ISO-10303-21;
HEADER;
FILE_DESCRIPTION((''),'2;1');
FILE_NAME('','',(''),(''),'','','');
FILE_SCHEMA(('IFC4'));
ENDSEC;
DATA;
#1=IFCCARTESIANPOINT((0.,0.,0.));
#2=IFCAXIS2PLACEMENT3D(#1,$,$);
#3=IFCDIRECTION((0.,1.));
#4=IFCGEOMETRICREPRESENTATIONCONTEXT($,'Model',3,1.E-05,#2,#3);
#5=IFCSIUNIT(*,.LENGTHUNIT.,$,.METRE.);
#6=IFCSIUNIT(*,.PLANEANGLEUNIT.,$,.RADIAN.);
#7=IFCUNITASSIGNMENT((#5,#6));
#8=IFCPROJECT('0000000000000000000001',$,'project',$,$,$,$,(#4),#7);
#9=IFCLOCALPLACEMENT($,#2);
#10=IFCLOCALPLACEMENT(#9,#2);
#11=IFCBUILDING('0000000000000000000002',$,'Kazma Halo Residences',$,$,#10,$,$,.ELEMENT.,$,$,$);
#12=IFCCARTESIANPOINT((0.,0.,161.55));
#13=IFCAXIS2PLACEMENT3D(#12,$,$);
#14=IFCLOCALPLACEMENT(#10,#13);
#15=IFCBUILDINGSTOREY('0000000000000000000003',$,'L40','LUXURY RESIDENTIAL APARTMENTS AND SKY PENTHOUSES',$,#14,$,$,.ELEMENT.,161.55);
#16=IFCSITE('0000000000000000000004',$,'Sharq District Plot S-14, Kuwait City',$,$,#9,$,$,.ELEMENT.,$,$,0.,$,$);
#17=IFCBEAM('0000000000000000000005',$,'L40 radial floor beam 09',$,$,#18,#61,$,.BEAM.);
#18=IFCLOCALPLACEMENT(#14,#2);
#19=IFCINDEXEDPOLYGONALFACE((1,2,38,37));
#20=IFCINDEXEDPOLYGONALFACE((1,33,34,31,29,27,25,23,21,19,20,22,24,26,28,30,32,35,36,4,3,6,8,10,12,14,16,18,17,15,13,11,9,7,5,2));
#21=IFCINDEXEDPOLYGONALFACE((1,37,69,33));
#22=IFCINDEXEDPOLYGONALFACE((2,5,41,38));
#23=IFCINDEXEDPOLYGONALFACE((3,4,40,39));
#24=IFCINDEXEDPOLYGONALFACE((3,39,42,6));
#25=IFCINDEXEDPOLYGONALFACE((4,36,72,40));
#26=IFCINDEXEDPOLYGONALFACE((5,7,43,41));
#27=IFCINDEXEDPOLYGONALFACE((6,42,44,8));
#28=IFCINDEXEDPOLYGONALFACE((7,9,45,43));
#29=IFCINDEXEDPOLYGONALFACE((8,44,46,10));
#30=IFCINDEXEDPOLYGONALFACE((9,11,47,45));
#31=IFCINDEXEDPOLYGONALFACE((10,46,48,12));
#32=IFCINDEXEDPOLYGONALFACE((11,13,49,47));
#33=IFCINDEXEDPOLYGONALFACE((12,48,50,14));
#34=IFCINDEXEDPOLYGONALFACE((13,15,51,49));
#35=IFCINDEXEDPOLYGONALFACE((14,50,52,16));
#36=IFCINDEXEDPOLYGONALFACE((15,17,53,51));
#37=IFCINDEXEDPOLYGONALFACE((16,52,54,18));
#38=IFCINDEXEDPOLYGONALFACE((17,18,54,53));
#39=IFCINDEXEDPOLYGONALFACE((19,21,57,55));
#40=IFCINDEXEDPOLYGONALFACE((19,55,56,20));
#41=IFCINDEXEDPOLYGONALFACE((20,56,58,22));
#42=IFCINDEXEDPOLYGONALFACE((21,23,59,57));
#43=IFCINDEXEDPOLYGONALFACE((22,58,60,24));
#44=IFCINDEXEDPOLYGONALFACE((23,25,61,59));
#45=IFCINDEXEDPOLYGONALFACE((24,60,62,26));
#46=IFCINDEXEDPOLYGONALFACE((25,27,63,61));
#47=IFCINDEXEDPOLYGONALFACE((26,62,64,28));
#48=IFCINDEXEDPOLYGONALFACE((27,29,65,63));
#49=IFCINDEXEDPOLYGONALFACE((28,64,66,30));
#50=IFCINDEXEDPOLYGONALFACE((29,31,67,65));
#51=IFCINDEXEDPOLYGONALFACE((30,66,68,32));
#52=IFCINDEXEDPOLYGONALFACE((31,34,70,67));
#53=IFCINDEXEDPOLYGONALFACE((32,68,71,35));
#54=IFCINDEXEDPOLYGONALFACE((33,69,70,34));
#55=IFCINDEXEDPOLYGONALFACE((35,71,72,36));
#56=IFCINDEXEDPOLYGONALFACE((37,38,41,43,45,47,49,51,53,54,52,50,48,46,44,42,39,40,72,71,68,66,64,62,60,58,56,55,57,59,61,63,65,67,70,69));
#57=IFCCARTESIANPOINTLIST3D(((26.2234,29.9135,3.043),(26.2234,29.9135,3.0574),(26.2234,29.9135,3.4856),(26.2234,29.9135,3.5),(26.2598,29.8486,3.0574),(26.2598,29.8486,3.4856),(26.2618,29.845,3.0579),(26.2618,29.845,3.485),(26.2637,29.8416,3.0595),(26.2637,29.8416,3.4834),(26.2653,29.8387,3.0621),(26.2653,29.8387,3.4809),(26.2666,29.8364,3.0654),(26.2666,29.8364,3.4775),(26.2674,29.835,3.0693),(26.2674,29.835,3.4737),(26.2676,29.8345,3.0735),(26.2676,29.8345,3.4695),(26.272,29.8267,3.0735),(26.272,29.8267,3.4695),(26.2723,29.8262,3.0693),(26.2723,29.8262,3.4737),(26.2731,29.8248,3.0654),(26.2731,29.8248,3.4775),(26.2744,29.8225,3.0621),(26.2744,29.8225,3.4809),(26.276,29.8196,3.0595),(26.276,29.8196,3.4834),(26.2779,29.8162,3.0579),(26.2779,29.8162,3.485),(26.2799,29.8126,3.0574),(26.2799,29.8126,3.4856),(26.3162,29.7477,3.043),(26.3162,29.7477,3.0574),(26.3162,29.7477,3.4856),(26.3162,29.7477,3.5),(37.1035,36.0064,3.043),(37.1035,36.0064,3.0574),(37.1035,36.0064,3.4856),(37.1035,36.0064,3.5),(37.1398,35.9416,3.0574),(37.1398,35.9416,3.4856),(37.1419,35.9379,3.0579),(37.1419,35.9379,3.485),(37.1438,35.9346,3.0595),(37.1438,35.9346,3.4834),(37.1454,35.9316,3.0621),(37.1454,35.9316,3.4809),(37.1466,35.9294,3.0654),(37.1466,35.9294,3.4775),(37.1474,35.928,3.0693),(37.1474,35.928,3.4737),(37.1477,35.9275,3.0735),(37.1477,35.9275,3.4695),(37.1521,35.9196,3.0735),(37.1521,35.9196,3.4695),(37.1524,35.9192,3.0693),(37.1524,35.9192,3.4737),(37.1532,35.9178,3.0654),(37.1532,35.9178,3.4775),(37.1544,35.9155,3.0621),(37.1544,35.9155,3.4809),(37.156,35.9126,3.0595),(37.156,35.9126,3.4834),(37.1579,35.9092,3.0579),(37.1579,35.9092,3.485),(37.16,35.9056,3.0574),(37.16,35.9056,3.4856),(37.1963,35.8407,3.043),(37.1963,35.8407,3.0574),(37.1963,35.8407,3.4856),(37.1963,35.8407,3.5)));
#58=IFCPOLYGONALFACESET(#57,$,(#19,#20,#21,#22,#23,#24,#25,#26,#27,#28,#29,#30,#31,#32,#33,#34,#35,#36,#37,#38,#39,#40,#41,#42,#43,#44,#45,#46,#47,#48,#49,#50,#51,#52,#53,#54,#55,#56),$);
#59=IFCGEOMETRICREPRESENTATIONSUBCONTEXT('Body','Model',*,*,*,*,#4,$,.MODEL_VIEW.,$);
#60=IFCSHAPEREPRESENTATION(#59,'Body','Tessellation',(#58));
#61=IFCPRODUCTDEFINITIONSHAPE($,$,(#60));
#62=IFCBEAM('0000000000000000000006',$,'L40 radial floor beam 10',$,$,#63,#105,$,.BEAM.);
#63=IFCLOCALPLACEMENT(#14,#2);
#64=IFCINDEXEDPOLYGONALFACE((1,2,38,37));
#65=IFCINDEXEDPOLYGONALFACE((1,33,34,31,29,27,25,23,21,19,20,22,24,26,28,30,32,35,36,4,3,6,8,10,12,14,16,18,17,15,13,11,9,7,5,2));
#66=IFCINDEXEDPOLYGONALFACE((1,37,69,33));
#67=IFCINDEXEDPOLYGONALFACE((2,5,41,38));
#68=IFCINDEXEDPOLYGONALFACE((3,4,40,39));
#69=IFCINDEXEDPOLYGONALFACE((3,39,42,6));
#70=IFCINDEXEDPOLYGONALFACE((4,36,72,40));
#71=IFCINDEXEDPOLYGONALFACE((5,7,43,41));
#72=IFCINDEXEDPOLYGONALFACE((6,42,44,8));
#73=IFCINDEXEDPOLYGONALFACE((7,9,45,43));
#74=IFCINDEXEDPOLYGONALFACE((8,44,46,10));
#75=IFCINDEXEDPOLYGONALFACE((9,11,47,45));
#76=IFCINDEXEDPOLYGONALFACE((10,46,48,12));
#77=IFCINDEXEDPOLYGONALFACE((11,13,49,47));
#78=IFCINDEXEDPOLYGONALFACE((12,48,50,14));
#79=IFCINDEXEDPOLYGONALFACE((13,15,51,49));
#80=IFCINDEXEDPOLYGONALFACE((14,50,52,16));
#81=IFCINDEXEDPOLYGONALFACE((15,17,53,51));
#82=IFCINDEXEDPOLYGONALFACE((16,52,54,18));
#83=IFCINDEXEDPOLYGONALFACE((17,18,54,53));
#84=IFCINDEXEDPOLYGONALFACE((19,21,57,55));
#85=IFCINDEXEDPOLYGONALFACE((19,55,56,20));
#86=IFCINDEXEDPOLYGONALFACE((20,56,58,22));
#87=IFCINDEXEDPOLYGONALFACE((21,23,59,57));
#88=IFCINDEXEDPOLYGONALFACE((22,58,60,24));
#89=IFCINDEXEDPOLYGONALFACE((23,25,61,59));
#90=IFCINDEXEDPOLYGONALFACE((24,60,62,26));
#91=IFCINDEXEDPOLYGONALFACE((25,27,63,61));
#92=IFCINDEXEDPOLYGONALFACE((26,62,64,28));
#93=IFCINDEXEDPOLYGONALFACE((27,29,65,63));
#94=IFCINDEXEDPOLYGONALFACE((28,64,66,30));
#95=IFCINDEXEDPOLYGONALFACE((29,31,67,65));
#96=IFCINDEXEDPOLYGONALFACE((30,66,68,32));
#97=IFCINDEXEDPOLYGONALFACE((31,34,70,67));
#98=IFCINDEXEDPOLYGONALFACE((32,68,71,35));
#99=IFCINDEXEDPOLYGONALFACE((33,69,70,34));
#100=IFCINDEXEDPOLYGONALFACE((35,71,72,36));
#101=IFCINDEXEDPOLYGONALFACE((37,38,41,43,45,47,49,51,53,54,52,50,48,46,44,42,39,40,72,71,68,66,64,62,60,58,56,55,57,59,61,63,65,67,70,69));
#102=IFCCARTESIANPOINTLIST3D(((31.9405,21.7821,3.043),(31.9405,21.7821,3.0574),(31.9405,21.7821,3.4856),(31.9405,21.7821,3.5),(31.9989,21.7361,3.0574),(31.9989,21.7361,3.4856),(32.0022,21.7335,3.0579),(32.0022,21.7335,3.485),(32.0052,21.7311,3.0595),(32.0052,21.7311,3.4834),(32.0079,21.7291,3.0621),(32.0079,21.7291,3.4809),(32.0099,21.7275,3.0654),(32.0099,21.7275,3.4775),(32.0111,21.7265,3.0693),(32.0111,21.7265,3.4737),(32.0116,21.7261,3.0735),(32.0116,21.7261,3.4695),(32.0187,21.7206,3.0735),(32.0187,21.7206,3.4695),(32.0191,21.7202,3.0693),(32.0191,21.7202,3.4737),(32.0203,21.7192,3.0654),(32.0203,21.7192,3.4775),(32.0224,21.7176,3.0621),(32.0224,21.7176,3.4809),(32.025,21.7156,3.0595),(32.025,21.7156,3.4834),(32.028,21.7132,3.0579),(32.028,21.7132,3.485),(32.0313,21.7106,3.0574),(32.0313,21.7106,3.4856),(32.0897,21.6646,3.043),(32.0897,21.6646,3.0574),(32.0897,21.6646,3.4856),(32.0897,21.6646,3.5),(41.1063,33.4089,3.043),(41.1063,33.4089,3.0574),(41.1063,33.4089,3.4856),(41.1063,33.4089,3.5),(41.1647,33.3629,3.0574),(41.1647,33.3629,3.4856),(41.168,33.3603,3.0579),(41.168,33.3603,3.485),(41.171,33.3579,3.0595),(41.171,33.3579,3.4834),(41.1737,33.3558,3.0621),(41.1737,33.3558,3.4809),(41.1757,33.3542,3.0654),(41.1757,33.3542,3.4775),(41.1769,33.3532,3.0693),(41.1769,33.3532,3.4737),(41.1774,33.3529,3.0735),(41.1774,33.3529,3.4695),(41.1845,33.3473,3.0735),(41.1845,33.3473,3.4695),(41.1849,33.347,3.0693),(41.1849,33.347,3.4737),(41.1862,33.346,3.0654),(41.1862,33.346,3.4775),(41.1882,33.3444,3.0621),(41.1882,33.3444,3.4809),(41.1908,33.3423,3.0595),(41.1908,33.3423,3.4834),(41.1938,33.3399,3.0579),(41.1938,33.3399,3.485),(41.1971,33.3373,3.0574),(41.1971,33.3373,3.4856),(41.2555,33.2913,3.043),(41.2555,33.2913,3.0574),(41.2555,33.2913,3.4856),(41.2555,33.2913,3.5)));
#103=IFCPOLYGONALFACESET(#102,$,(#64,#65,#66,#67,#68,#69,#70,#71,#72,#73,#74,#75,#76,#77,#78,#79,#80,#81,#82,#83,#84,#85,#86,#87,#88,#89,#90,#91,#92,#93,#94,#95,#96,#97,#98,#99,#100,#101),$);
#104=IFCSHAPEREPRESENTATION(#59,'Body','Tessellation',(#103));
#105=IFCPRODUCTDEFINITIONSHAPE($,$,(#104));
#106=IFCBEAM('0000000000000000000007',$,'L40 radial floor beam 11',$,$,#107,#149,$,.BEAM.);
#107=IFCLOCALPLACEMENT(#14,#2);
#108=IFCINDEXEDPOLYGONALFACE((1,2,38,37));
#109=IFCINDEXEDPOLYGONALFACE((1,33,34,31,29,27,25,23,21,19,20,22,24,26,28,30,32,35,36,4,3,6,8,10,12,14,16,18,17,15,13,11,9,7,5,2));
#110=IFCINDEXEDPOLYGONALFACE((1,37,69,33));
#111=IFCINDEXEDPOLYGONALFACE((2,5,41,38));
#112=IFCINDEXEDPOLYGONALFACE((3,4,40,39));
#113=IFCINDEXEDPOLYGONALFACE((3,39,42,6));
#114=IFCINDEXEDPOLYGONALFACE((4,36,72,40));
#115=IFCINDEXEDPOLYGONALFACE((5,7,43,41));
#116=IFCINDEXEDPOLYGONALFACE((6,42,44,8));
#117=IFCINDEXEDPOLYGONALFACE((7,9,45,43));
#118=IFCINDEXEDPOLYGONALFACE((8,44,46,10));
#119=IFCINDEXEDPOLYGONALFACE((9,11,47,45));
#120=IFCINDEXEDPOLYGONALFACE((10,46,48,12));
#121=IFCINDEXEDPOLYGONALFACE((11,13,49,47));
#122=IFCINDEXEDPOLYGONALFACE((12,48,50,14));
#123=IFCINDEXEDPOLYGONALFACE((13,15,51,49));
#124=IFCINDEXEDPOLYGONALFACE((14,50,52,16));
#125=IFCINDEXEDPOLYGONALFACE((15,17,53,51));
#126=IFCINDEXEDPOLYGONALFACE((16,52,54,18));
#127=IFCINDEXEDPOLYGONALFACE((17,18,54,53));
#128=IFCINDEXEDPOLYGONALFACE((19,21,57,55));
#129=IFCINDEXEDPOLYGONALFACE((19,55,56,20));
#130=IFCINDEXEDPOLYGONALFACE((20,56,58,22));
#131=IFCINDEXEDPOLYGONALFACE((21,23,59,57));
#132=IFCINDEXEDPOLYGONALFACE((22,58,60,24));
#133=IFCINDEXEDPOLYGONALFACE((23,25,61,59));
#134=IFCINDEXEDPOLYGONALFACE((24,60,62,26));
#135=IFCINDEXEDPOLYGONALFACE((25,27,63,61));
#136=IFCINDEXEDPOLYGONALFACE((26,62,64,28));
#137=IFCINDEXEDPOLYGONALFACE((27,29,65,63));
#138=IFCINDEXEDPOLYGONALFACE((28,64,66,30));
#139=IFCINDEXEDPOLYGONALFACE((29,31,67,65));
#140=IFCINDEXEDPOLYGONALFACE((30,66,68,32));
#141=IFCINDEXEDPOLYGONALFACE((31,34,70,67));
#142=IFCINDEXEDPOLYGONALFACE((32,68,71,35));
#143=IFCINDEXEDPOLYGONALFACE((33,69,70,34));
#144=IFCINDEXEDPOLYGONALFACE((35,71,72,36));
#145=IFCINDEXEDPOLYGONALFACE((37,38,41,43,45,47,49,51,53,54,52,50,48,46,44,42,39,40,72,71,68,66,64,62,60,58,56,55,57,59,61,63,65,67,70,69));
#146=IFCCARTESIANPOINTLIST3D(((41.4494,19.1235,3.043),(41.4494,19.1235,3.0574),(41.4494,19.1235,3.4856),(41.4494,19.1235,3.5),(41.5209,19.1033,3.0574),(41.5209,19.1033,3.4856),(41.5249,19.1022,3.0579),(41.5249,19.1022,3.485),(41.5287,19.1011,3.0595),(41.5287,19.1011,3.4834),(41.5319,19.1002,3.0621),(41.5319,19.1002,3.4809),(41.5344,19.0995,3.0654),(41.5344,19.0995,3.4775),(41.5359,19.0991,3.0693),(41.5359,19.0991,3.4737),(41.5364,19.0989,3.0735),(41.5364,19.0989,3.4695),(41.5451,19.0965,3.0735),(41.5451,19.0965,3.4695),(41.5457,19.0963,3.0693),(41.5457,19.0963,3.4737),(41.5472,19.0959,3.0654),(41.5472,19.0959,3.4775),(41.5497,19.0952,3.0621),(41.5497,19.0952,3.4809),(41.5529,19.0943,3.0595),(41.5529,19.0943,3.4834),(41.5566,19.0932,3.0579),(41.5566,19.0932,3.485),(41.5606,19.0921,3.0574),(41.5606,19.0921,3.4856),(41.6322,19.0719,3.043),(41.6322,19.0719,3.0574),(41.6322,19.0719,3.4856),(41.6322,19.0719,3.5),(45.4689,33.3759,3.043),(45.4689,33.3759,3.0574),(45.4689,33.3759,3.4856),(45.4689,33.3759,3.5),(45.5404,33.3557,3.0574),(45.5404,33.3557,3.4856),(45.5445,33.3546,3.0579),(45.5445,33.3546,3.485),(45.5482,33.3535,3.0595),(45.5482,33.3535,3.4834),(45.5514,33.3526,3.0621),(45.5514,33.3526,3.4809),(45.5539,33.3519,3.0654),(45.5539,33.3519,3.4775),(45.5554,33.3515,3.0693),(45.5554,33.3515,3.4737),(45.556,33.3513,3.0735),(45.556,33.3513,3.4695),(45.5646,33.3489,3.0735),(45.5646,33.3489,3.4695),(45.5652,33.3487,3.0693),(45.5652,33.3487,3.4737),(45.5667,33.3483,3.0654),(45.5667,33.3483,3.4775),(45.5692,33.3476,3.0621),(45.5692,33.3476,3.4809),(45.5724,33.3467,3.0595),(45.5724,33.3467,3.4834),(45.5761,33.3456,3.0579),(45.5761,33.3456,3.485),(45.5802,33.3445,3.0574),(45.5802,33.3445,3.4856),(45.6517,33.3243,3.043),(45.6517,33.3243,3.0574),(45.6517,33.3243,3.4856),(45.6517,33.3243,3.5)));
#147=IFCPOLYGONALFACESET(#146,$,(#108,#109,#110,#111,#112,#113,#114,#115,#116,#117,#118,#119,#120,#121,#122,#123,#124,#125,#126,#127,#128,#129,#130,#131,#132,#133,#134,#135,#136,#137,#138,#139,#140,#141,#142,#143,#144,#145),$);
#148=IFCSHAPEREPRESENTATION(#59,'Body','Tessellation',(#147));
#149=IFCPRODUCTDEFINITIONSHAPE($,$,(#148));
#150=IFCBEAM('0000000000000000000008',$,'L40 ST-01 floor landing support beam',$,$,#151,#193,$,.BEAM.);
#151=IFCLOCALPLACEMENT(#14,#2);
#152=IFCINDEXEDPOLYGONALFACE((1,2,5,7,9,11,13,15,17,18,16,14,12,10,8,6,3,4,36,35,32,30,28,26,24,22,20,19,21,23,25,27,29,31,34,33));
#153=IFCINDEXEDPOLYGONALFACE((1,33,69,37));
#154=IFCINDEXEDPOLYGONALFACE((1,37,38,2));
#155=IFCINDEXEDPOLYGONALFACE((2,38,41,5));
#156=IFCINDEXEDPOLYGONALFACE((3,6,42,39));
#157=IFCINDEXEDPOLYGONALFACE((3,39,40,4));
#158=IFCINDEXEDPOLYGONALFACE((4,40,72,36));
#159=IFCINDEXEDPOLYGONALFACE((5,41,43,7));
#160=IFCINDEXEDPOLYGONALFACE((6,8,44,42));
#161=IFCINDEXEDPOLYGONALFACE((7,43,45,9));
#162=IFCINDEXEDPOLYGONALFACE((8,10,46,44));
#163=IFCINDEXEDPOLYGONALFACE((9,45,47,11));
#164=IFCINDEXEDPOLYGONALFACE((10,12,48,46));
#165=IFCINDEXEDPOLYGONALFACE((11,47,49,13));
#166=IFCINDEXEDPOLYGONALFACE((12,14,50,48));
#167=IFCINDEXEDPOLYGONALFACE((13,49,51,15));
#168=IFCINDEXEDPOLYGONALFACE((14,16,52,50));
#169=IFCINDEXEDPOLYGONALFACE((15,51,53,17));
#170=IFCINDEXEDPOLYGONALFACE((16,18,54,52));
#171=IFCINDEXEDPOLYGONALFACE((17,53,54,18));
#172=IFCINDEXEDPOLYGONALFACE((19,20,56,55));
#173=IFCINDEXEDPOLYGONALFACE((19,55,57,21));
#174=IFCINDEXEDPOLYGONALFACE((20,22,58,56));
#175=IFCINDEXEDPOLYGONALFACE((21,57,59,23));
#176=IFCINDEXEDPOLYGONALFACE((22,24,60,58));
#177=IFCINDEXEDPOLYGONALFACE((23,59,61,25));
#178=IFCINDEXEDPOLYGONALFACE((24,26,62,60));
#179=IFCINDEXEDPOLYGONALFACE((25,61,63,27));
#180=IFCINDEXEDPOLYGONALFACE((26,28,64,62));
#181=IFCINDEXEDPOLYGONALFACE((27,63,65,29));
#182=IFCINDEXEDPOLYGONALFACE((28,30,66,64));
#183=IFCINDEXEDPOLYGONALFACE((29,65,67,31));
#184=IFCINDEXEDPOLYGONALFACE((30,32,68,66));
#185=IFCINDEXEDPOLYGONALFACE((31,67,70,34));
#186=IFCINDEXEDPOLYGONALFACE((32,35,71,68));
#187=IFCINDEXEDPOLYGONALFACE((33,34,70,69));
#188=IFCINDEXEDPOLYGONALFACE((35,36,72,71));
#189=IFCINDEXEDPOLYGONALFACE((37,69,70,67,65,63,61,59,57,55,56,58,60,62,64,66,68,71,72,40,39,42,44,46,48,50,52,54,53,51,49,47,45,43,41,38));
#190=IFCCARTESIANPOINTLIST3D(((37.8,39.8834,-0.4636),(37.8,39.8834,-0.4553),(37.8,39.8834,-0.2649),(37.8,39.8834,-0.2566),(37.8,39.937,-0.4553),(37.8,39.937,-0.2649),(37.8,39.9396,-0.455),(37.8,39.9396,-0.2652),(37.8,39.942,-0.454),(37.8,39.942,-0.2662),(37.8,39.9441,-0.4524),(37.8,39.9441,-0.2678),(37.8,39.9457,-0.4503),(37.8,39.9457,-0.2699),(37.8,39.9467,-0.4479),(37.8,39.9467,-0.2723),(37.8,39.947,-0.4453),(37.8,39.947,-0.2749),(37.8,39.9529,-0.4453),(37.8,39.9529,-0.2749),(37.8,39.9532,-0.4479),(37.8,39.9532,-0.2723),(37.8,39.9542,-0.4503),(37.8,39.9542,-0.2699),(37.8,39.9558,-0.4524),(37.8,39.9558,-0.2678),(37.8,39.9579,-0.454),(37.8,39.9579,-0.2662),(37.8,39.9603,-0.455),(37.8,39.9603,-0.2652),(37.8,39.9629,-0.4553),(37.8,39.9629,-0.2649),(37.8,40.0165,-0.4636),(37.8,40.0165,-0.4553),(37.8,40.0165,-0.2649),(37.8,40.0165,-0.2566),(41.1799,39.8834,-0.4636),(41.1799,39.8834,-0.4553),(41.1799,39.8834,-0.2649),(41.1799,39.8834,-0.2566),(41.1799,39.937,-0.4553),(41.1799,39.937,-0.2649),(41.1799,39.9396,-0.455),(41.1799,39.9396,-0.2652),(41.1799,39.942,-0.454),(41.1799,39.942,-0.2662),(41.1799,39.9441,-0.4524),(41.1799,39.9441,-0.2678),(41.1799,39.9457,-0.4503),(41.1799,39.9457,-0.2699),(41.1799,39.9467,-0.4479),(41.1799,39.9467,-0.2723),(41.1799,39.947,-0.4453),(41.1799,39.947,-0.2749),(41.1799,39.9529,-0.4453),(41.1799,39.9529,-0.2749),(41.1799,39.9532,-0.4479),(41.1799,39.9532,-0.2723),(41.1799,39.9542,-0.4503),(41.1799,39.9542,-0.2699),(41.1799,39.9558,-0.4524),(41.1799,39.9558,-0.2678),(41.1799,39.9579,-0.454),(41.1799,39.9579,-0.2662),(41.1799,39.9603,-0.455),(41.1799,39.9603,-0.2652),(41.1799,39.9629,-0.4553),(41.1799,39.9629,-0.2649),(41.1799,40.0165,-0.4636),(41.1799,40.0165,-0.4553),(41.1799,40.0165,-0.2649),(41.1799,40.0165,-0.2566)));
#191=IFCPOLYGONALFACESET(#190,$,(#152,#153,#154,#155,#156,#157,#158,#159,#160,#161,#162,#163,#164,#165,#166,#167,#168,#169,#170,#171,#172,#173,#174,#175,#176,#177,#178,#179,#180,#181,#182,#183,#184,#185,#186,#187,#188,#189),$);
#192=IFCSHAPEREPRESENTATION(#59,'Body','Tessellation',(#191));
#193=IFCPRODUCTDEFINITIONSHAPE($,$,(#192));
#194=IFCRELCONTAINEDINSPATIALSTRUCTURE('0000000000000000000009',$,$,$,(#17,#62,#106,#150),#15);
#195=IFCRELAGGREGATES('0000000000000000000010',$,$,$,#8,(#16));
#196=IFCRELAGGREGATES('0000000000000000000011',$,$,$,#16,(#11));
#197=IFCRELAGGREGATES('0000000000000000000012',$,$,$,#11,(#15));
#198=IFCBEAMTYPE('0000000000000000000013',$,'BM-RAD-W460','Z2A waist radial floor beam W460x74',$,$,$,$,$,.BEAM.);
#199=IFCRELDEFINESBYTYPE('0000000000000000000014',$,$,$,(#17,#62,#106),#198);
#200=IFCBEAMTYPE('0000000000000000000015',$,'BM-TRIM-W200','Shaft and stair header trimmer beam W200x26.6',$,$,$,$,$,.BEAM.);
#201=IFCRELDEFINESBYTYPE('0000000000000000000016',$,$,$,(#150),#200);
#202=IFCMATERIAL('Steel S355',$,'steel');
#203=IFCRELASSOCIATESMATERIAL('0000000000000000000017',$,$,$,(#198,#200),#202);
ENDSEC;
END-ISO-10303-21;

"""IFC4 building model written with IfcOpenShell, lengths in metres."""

from ifc_helpers import new_model, si_unit, direction, frame, origin, origin_2d, place, context, subcontext, project, spatial, i_section, extrude, material, material_profile, profile_set, type_object, element, save


model = new_model("IFC4")

# Units and contexts
model_context = context("Model", 3, precision=1e-05, world=origin(), true_north=direction((0.0, 1.0)))
body_context = subcontext(model_context, "Body", "Model", "MODEL_VIEW")
ifc_project = project(units=[si_unit("LENGTHUNIT", "METRE"), si_unit("PLANEANGLEUNIT", "RADIAN")], contexts=[model_context])

# Site, building, storey
site_placement = place(None, origin())
site = spatial("IfcSite", under=ifc_project, at=site_placement, Name="Sharq District Plot S-14, Kuwait City", CompositionType="ELEMENT", RefElevation=0.0)
building_placement = place(site_placement, origin())
building = spatial("IfcBuilding", under=site, at=building_placement, Name="Kazma Halo Residences", CompositionType="ELEMENT")
storey_placement = place(building_placement, frame((0.0, 0.0, 161.55)))
storey = spatial("IfcBuildingStorey", under=building, at=storey_placement, Name="L40", Description="LUXURY RESIDENTIAL APARTMENTS AND SKY PENTHOUSES", CompositionType="ELEMENT", Elevation=161.55)

# Beams
ifc_material_1 = material(Name="Steel S355", Category="steel")
ifc_material_profile_1 = material_profile(ifc_material_1, i_section(OverallWidth=0.1899, OverallDepth=0.457, WebThickness=0.009, FlangeThickness=0.0144, FilletRadius=0.0161, at=origin_2d()), Name="W460x74")
ifc_profile_set_1 = profile_set([ifc_material_profile_1], Name="Steel S355")
beam_type_1 = type_object("IfcBeamType", Name="BM-RAD-W460", Description="Z2A waist radial floor beam W460x74", PredefinedType="BEAM", material=ifc_profile_set_1)
beam_1_placement = place(storey_placement, frame((37.1499, 35.9236, 3.2715), z_axis=(-0.872501, -0.488612, 0.0), x_axis=(0.488612, -0.872501, 0.0)))
element("IfcBeam", 1, at=beam_1_placement, inside=storey, type_object=beam_type_1, Name="L40 radial floor beam 09", PredefinedType="BEAM", context=body_context, shape_type="SweptSolid", body=[
    extrude(i_section(OverallWidth=0.1899, OverallDepth=0.457, WebThickness=0.009, FlangeThickness=0.0144, FilletRadius=0.0161, at=origin_2d()), origin(), (0.0, 0.0, 1.0), 12.47),
])
beam_2_placement = place(storey_placement, frame((41.1809, 33.3501, 3.2715), z_axis=(-0.619094, -0.785316, 0.0), x_axis=(0.785316, -0.619094, 0.0)))
element("IfcBeam", 2, at=beam_2_placement, inside=storey, type_object=beam_type_1, Name="L40 radial floor beam 10", PredefinedType="BEAM", context=body_context, shape_type="SweptSolid", body=[
    extrude(i_section(OverallWidth=0.1899, OverallDepth=0.457, WebThickness=0.009, FlangeThickness=0.0144, FilletRadius=0.0161, at=origin_2d()), origin(), (0.0, 0.0, 1.0), 14.8052),
])
beam_3_placement = place(storey_placement, frame((45.5603, 33.3501, 3.2715), z_axis=(-0.271436, -0.962457, 0.0), x_axis=(0.962457, -0.271436, 0.0)))
element("IfcBeam", 3, at=beam_3_placement, inside=storey, type_object=beam_type_1, Name="L40 radial floor beam 11", PredefinedType="BEAM", context=body_context, shape_type="SweptSolid", body=[
    extrude(i_section(OverallWidth=0.1899, OverallDepth=0.457, WebThickness=0.009, FlangeThickness=0.0144, FilletRadius=0.0161, at=origin_2d()), origin(), (0.0, 0.0, 1.0), 14.8083),
])
ifc_material_profile_2 = material_profile(ifc_material_1, i_section(OverallWidth=0.1331, OverallDepth=0.207, WebThickness=0.0059, FlangeThickness=0.0083, FilletRadius=0.01, at=origin_2d()), Name="W200x26.6")
ifc_profile_set_2 = profile_set([ifc_material_profile_2], Name="Steel S355")
beam_type_2 = type_object("IfcBeamType", Name="BM-TRIM-W200", Description="Shaft and stair header trimmer beam W200x26.6", PredefinedType="BEAM", material=ifc_profile_set_2)
beam_4_placement = place(storey_placement, frame((37.8, 39.95, -0.3601), z_axis=(1.0, 0.0, 0.0), x_axis=(0.0, 1.0, 0.0)))
element("IfcBeam", 4, at=beam_4_placement, inside=storey, type_object=beam_type_2, Name="L40 ST-01 floor landing support beam", PredefinedType="BEAM", context=body_context, shape_type="SweptSolid", body=[
    extrude(i_section(OverallWidth=0.1331, OverallDepth=0.207, WebThickness=0.0059, FlangeThickness=0.0083, FilletRadius=0.01, at=origin_2d()), origin(), (0.0, 0.0, 1.0), 3.3799),
])

save(model, "model.ifc")
